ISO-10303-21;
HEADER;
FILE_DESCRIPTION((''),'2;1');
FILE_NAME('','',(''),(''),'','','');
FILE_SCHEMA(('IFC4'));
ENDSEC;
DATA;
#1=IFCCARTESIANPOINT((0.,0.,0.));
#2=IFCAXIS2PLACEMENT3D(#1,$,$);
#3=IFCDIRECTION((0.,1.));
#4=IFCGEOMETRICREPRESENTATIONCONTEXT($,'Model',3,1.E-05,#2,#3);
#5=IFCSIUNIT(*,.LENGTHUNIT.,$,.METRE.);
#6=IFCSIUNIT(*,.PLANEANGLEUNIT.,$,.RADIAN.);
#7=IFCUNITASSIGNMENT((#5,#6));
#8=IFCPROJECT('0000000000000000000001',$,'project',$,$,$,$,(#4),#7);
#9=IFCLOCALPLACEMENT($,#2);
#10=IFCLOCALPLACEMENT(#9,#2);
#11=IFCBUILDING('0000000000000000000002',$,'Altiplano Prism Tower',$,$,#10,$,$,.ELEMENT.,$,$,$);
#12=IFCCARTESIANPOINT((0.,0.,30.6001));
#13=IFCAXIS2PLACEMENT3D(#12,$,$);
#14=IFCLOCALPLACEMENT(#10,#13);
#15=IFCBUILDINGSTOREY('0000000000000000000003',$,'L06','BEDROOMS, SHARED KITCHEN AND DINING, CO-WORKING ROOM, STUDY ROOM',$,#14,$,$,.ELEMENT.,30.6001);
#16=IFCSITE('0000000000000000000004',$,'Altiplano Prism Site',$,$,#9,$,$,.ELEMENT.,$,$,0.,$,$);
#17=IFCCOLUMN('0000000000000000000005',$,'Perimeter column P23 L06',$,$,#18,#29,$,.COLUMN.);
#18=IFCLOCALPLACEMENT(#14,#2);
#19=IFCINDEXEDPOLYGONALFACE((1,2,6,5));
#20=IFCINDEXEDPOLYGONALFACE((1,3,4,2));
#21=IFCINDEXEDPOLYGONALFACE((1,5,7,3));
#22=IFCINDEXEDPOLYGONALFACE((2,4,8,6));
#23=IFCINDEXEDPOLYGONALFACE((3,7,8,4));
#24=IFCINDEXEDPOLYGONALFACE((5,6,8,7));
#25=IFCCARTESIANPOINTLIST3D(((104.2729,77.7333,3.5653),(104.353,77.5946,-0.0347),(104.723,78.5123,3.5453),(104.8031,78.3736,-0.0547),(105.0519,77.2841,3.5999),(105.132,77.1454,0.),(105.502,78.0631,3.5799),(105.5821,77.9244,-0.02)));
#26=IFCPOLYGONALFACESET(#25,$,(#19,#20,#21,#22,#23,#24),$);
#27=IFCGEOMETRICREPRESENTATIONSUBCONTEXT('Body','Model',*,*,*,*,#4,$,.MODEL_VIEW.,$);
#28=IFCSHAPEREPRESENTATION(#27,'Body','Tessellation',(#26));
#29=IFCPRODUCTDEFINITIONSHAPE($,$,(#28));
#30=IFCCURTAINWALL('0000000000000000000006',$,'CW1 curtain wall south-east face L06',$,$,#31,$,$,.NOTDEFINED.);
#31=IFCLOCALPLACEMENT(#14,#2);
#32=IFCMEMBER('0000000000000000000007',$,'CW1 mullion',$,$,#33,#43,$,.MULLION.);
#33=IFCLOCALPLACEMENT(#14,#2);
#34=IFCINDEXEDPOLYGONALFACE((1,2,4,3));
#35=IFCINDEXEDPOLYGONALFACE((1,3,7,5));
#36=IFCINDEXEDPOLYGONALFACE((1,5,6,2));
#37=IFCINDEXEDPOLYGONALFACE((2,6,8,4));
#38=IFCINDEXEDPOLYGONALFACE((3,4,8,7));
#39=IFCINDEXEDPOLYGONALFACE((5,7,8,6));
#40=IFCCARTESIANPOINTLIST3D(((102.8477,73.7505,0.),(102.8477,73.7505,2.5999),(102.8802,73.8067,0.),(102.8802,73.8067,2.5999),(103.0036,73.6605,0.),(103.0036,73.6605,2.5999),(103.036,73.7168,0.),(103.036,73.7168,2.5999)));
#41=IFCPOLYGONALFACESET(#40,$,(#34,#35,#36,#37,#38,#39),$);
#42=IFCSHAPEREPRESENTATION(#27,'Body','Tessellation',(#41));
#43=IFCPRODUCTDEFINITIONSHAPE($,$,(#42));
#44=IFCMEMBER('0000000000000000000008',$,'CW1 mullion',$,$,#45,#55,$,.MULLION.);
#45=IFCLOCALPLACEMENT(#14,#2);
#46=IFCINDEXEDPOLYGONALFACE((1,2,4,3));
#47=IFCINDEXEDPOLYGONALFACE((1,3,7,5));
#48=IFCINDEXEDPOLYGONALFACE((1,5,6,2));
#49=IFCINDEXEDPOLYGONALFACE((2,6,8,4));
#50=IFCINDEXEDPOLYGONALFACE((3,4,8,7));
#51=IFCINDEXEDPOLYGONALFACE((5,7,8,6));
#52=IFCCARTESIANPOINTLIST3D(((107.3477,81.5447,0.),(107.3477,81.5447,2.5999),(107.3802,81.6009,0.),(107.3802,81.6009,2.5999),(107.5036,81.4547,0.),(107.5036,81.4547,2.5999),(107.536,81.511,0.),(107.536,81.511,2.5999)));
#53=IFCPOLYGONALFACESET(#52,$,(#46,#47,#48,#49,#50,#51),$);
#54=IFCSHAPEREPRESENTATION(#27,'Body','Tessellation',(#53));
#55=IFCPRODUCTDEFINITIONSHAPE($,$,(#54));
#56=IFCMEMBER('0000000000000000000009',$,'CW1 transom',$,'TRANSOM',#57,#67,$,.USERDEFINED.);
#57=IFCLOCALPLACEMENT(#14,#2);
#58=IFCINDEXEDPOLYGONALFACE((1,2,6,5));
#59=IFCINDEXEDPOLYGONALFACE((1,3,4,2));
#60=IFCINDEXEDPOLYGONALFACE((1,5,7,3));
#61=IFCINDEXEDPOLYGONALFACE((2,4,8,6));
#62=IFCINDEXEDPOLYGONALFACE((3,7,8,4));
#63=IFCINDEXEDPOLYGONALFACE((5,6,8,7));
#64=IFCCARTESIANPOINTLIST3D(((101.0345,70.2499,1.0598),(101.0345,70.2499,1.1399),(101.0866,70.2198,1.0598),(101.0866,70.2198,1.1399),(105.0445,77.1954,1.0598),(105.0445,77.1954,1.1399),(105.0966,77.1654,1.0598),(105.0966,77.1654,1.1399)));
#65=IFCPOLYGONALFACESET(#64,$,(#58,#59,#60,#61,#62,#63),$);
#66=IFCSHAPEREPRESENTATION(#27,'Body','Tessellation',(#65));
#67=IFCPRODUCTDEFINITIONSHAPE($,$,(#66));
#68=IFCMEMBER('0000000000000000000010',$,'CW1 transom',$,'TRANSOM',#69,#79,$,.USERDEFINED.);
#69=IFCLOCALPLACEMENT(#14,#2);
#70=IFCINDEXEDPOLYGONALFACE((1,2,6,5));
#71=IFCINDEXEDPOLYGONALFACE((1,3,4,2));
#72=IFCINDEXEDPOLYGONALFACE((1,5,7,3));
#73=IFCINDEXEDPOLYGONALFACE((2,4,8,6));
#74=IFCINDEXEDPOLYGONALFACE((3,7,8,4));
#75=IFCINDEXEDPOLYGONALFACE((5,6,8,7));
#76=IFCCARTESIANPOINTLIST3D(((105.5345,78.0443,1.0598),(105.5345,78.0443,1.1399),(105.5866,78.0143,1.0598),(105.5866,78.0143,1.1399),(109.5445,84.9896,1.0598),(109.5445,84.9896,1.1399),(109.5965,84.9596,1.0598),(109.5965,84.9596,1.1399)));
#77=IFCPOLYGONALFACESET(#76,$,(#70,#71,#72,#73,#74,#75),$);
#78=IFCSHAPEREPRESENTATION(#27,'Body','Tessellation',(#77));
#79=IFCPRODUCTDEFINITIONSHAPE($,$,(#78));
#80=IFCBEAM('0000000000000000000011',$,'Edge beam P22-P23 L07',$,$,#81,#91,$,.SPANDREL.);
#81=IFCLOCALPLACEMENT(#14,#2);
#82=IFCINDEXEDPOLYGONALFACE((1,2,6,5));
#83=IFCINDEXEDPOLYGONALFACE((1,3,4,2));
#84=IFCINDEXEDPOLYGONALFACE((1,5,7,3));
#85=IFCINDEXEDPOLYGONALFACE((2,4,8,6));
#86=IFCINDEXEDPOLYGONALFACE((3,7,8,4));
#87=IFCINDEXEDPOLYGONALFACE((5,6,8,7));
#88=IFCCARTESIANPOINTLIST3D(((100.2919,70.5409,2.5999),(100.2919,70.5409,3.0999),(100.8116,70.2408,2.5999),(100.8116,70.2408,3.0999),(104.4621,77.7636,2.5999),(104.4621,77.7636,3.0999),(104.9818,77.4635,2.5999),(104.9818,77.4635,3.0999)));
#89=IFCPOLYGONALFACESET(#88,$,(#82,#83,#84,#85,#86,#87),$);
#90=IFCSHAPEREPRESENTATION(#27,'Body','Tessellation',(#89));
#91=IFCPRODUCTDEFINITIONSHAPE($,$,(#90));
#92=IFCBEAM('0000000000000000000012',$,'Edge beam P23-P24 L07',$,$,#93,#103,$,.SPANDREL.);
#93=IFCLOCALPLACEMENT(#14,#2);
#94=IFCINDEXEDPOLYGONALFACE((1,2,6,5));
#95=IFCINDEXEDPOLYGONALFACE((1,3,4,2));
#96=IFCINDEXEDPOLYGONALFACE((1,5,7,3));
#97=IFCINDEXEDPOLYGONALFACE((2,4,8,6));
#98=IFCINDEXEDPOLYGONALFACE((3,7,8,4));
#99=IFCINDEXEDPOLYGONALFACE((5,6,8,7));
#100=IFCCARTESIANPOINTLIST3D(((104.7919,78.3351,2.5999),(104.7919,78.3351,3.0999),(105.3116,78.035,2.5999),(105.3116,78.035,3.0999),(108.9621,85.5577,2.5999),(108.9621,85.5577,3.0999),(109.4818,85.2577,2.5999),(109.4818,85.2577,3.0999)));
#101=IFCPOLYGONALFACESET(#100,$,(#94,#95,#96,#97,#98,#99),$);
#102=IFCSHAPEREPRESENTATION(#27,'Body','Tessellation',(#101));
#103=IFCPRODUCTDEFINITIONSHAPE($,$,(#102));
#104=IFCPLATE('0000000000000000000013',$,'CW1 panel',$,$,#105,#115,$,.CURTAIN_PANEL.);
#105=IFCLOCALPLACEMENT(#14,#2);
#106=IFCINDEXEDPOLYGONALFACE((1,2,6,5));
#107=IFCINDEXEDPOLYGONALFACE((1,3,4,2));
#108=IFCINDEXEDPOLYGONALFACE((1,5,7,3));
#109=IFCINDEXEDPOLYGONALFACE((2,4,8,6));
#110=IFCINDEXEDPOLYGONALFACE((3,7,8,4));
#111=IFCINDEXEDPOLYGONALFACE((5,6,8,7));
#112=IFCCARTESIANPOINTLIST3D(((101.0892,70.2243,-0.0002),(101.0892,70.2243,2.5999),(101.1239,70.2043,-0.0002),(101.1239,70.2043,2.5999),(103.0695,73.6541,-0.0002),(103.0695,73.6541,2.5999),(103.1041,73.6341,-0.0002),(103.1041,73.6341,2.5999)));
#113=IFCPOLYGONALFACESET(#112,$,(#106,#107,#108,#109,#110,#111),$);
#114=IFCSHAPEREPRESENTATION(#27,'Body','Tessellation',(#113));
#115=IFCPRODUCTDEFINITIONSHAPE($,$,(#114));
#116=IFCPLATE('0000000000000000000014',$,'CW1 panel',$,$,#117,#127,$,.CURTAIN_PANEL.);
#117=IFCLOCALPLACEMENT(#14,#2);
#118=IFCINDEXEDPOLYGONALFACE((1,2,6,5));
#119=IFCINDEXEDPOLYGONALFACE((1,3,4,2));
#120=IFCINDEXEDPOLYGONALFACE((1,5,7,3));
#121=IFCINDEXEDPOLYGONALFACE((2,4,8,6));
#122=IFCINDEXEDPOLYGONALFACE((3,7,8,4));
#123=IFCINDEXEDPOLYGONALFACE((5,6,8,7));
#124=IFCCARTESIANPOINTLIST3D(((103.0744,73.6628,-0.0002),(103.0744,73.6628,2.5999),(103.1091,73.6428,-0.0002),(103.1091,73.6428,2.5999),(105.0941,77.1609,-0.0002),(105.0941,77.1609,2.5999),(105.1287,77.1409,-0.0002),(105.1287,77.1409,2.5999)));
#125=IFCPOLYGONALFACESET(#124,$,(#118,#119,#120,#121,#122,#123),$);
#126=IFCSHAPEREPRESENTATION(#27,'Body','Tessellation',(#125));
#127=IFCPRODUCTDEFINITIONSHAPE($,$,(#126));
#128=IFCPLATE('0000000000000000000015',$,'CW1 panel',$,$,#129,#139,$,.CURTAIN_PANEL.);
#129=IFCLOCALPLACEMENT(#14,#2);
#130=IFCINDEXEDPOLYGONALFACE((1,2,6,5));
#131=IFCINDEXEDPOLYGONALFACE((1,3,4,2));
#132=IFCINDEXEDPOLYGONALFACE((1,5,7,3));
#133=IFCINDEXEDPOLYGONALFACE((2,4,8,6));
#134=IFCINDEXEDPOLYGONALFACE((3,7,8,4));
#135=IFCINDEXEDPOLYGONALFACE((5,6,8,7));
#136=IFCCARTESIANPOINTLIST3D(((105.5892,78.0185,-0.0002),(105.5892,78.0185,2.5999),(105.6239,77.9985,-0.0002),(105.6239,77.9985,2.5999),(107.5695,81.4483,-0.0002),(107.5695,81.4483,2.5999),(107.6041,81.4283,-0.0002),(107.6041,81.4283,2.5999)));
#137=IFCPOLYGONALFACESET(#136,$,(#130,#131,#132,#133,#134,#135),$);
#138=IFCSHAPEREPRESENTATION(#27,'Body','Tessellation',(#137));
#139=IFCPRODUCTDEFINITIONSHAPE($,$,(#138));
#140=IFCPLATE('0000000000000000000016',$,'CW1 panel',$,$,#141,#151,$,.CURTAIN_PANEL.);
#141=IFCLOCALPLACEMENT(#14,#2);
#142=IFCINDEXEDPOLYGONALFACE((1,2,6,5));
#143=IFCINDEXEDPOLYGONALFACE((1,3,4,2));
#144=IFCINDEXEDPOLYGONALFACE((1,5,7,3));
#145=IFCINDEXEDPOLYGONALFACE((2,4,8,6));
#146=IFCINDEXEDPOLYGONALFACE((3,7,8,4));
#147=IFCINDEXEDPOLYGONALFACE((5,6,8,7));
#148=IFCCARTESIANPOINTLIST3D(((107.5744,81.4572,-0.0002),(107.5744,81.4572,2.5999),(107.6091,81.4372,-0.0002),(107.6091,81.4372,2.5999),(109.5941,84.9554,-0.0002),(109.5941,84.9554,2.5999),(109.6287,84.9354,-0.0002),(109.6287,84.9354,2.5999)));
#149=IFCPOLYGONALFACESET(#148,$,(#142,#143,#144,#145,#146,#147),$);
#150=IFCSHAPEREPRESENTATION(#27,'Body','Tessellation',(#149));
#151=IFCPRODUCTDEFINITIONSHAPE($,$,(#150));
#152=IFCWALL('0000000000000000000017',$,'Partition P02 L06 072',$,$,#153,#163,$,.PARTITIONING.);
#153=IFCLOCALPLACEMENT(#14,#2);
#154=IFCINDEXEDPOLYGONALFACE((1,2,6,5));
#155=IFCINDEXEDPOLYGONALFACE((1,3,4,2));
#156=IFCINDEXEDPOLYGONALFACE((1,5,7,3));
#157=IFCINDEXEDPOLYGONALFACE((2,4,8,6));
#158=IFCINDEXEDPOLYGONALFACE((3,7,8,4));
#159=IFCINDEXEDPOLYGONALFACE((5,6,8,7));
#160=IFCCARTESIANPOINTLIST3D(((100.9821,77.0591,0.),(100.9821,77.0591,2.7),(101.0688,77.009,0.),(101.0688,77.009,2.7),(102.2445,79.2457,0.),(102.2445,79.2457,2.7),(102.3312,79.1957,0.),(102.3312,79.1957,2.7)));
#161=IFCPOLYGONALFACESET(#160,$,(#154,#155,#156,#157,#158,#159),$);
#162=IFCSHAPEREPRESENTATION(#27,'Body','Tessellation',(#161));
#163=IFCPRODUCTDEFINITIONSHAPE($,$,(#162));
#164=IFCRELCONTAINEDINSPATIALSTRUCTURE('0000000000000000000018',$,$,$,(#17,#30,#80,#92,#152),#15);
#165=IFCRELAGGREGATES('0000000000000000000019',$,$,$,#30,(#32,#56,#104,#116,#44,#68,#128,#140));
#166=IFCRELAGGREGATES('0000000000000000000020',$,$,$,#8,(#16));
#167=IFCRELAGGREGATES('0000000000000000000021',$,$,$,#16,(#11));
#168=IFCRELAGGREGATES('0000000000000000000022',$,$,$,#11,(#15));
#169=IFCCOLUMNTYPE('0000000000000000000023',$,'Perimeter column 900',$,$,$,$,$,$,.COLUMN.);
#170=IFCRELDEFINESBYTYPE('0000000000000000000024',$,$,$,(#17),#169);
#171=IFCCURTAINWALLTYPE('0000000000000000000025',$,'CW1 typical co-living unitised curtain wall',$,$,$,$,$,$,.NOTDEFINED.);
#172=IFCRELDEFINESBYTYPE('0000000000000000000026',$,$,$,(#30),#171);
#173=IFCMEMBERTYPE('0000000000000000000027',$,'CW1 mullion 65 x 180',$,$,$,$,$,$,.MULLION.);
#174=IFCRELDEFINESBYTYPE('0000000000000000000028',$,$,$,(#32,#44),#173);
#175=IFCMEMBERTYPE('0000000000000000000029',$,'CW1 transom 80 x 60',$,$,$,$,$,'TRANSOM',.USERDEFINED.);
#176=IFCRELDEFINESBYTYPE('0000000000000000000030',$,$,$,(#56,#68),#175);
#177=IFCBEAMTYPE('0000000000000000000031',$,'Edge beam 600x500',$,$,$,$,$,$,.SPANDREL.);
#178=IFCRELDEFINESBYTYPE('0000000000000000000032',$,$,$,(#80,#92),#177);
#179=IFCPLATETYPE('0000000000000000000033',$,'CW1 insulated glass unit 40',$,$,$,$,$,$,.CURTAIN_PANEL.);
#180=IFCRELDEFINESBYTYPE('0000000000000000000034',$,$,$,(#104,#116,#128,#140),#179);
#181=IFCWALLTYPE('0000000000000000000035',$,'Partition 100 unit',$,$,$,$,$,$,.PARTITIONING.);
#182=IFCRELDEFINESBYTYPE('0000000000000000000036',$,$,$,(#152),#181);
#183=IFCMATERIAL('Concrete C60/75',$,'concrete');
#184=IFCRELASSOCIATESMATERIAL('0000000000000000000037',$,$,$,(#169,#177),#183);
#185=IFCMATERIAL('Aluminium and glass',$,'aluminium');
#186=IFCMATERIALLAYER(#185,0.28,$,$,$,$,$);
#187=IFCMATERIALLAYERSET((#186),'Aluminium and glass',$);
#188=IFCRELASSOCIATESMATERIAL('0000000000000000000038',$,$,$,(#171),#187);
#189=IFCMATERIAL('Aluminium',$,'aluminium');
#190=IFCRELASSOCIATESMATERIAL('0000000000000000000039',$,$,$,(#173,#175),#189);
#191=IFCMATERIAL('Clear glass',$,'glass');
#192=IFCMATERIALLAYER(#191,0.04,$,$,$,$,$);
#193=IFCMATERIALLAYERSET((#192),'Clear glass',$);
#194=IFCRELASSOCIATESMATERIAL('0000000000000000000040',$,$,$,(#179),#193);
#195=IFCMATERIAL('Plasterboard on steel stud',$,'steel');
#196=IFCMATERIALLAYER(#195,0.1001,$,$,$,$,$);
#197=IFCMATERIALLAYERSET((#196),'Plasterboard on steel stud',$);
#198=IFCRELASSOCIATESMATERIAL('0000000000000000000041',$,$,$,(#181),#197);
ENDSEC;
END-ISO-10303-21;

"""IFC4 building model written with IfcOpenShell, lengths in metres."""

from ifc_helpers import new_model, si_unit, direction, frame, frame_2d, origin, origin_2d, place, context, subcontext, project, spatial, rectangle, extrude, material, layer, layer_set, material_profile, profile_set, type_object, element, aggregate, save


model = new_model("IFC4")

# Units and contexts
model_context = context("Model", 3, precision=1e-05, world=origin(), true_north=direction((0.0, 1.0)))
body_context = subcontext(model_context, "Body", "Model", "MODEL_VIEW")
ifc_project = project(units=[si_unit("LENGTHUNIT", "METRE"), si_unit("PLANEANGLEUNIT", "RADIAN")], contexts=[model_context])

# Site, building, storey
site_placement = place(None, origin())
site = spatial("IfcSite", under=ifc_project, at=site_placement, Name="Altiplano Prism Site", CompositionType="ELEMENT", RefElevation=0.0)
building_placement = place(site_placement, origin())
building = spatial("IfcBuilding", under=site, at=building_placement, Name="Altiplano Prism Tower", CompositionType="ELEMENT")
storey_placement = place(building_placement, frame((0.0, 0.0, 30.6001)))
storey = spatial("IfcBuildingStorey", under=building, at=storey_placement, Name="L06", Description="BEDROOMS, SHARED KITCHEN AND DINING, CO-WORKING ROOM, STUDY ROOM", CompositionType="ELEMENT", Elevation=30.6001)

# Column
ifc_material_1 = material(Name="Concrete C60/75", Category="concrete")
ifc_material_profile_1 = material_profile(ifc_material_1, rectangle(XDim=0.8999, YDim=0.8999, at=origin_2d()), Name="Perimeter column 900")
ifc_profile_set_1 = profile_set([ifc_material_profile_1], Name="Concrete C60/75")
column_type = type_object("IfcColumnType", Name="Perimeter column 900", PredefinedType="COLUMN", material=ifc_profile_set_1)
column_placement = place(storey_placement, frame((104.9675, 77.7595, -0.0273), z_axis=(-0.022223, 0.038483, 0.999012), x_axis=(-0.500175, -0.865639, 0.022219)))
element("IfcColumn", 1, at=column_placement, inside=storey, type_object=column_type, Name="Perimeter column P23 L06", PredefinedType="COLUMN", context=body_context, shape_type="SweptSolid", body=[
    extrude(rectangle(XDim=0.8999, YDim=0.8999, at=origin_2d()), origin(), (0.0, 0.0, 1.0), 3.6035),
])

# Curtain wall, members
ifc_material_2 = material(Name="Aluminium and glass", Category="aluminium")
ifc_layer_1 = layer(ifc_material_2, 0.28)
ifc_layer_set_1 = layer_set([ifc_layer_1], Name="Aluminium and glass")
curtain_wall_type = type_object("IfcCurtainWallType", Name="CW1 typical co-living unitised curtain wall", PredefinedType="NOTDEFINED", material=ifc_layer_set_1)
curtain_wall_placement = place(storey_placement, origin())
curtain_wall = element("IfcCurtainWall", 2, at=curtain_wall_placement, inside=storey, type_object=curtain_wall_type, Name="CW1 curtain wall south-east face L06", PredefinedType="NOTDEFINED")
ifc_material_3 = material(Name="Aluminium", Category="aluminium")
ifc_material_profile_2 = material_profile(ifc_material_3, rectangle(XDim=0.1799, YDim=0.0649, at=origin_2d()), Name="CW1 mullion 65 x 180")
ifc_profile_set_2 = profile_set([ifc_material_profile_2], Name="Aluminium")
member_type_1 = type_object("IfcMemberType", Name="CW1 mullion 65 x 180", PredefinedType="MULLION", material=ifc_profile_set_2)
member_1_placement = place(storey_placement, frame((102.9419, 73.7336, 0.0), z_axis=(0.0, 0.0, 1.0), x_axis=(-0.866025, 0.5, 0.0)))
member_1 = element("IfcMember", 3, at=member_1_placement, type_object=member_type_1, Name="CW1 mullion", PredefinedType="MULLION", context=body_context, shape_type="SweptSolid", body=[
    extrude(rectangle(XDim=0.1799, YDim=0.0649, at=origin_2d()), origin(), (0.0, 0.0, 1.0), 2.5999),
])
member_2_placement = place(storey_placement, frame((107.4419, 81.5278, 0.0), z_axis=(0.0, 0.0, 1.0), x_axis=(-0.866025, 0.5, 0.0)))
member_2 = element("IfcMember", 4, at=member_2_placement, type_object=member_type_1, Name="CW1 mullion", PredefinedType="MULLION", context=body_context, shape_type="SweptSolid", body=[
    extrude(rectangle(XDim=0.1799, YDim=0.0649, at=origin_2d()), origin(), (0.0, 0.0, 1.0), 2.5999),
])
ifc_material_profile_3 = material_profile(ifc_material_3, rectangle(XDim=0.0601, YDim=0.0801, at=origin_2d()), Name="CW1 transom 80 x 60")
ifc_profile_set_3 = profile_set([ifc_material_profile_3], Name="Aluminium")
member_type_2 = type_object("IfcMemberType", Name="CW1 transom 80 x 60", ElementType="TRANSOM", PredefinedType="USERDEFINED", material=ifc_profile_set_3)
member_3_placement = place(storey_placement, frame((101.0605, 70.2349, 1.0999), z_axis=(0.499999, 0.866026, 0.0), x_axis=(-0.866026, 0.499999, 0.0)))
member_3 = element("IfcMember", 5, at=member_3_placement, type_object=member_type_2, Name="CW1 transom", ObjectType="TRANSOM", PredefinedType="USERDEFINED", context=body_context, shape_type="SweptSolid", body=[
    extrude(rectangle(XDim=0.0601, YDim=0.0801, at=origin_2d()), origin(), (0.0, 0.0, 1.0), 8.02),
])
member_4_placement = place(storey_placement, frame((105.5605, 78.0293, 1.0999), z_axis=(0.500012, 0.866018, 0.0), x_axis=(-0.866018, 0.500012, 0.0)))
member_4 = element("IfcMember", 6, at=member_4_placement, type_object=member_type_2, Name="CW1 transom", ObjectType="TRANSOM", PredefinedType="USERDEFINED", context=body_context, shape_type="SweptSolid", body=[
    extrude(rectangle(XDim=0.0601, YDim=0.0801, at=origin_2d()), origin(), (0.0, 0.0, 1.0), 8.0198),
])

# Beams
ifc_material_profile_4 = material_profile(ifc_material_1, rectangle(XDim=0.6001, YDim=0.5, at=origin_2d()), Name="Edge beam 600x500")
ifc_profile_set_4 = profile_set([ifc_material_profile_4], Name="Concrete C60/75")
beam_type = type_object("IfcBeamType", Name="Edge beam 600x500", PredefinedType="SPANDREL", material=ifc_profile_set_4)
for number, where, z_axis, x_axis, name in (
    (7, (100.5518, 70.3909, 2.8499), (0.500015, 0.866017, 0.0), (-0.866017, 0.500015, 0.0), "Edge beam P22-P23 L07"),
    (8, (105.0518, 78.1851, 2.8499), (0.500015, 0.866017, 0.0), (-0.866017, 0.500015, 0.0), "Edge beam P23-P24 L07"),
):
    element("IfcBeam", number, at=place(storey_placement, frame(where, z_axis=z_axis, x_axis=x_axis)), inside=storey, type_object=beam_type, Name=name, PredefinedType="SPANDREL", context=body_context, shape_type="SweptSolid", body=[
        extrude(rectangle(XDim=0.6001, YDim=0.5, at=origin_2d()), origin(), (0.0, 0.0, 1.0), 8.3401),
    ])

# Plates
ifc_material_4 = material(Name="Clear glass", Category="glass")
ifc_layer_2 = layer(ifc_material_4, 0.04)
ifc_layer_set_2 = layer_set([ifc_layer_2], Name="Clear glass")
plate_type = type_object("IfcPlateType", Name="CW1 insulated glass unit 40", PredefinedType="CURTAIN_PANEL", material=ifc_layer_set_2)
plate_1_placement = place(storey_placement, frame((102.0967, 71.9292, -0.0002), z_axis=(0.0, 0.0, 1.0), x_axis=(0.5, 0.866025, 0.0)))
plate_1 = element("IfcPlate", 9, at=plate_1_placement, type_object=plate_type, Name="CW1 panel", PredefinedType="CURTAIN_PANEL", context=body_context, shape_type="SweptSolid", body=[
    extrude(rectangle(XDim=3.9604, YDim=0.04, at=origin_2d()), origin(), (0.0, 0.0, 1.0), 2.6001),
])
plate_2_placement = place(storey_placement, frame((104.1016, 75.4019, -0.0002), z_axis=(0.0, 0.0, 1.0), x_axis=(0.5, 0.866025, 0.0)))
plate_2 = element("IfcPlate", 10, at=plate_2_placement, type_object=plate_type, Name="CW1 panel", PredefinedType="CURTAIN_PANEL", context=body_context, shape_type="SweptSolid", body=[
    extrude(rectangle(XDim=4.0393, YDim=0.04, at=origin_2d()), origin(), (0.0, 0.0, 1.0), 2.6001),
])
plate_3_placement = place(storey_placement, frame((106.5967, 79.7234, -0.0002), z_axis=(0.0, 0.0, 1.0), x_axis=(0.5, 0.866025, 0.0)))
plate_3 = element("IfcPlate", 11, at=plate_3_placement, type_object=plate_type, Name="CW1 panel", PredefinedType="CURTAIN_PANEL", context=body_context, shape_type="SweptSolid", body=[
    extrude(rectangle(XDim=3.9604, YDim=0.04, at=origin_2d()), origin(), (0.0, 0.0, 1.0), 2.6001),
])
plate_4_placement = place(storey_placement, frame((108.6016, 83.1963, -0.0002), z_axis=(0.0, 0.0, 1.0), x_axis=(0.5, 0.866025, 0.0)))
plate_4 = element("IfcPlate", 12, at=plate_4_placement, type_object=plate_type, Name="CW1 panel", PredefinedType="CURTAIN_PANEL", context=body_context, shape_type="SweptSolid", body=[
    extrude(rectangle(XDim=4.0393, YDim=0.04, at=origin_2d()), origin(), (0.0, 0.0, 1.0), 2.6001),
])
aggregate(curtain_wall, [member_1, member_3, plate_1, plate_2, member_2, member_4, plate_3, plate_4])

# Wall
ifc_material_5 = material(Name="Plasterboard on steel stud", Category="steel")
ifc_layer_3 = layer(ifc_material_5, 0.1001)
ifc_layer_set_3 = layer_set([ifc_layer_3], Name="Plasterboard on steel stud")
wall_type_1 = type_object("IfcWallType", Name="Partition 100 unit", PredefinedType="PARTITIONING", material=ifc_layer_set_3)
wall_1_placement = place(storey_placement, frame((102.2878, 79.2207, 0.0), z_axis=(0.0, 0.0, 1.0), x_axis=(-0.499976, -0.866039, 0.0)))
element("IfcWall", 13, at=wall_1_placement, inside=storey, type_object=wall_type_1, Name="Partition P02 L06 072", PredefinedType="PARTITIONING", context=body_context, shape_type="SweptSolid", body=[
    extrude(rectangle(XDim=2.5249, YDim=0.1001, at=frame_2d((1.2625, 0.0))), origin(), (0.0, 0.0, 1.0), 2.7),
])

save(model, "model.ifc")
